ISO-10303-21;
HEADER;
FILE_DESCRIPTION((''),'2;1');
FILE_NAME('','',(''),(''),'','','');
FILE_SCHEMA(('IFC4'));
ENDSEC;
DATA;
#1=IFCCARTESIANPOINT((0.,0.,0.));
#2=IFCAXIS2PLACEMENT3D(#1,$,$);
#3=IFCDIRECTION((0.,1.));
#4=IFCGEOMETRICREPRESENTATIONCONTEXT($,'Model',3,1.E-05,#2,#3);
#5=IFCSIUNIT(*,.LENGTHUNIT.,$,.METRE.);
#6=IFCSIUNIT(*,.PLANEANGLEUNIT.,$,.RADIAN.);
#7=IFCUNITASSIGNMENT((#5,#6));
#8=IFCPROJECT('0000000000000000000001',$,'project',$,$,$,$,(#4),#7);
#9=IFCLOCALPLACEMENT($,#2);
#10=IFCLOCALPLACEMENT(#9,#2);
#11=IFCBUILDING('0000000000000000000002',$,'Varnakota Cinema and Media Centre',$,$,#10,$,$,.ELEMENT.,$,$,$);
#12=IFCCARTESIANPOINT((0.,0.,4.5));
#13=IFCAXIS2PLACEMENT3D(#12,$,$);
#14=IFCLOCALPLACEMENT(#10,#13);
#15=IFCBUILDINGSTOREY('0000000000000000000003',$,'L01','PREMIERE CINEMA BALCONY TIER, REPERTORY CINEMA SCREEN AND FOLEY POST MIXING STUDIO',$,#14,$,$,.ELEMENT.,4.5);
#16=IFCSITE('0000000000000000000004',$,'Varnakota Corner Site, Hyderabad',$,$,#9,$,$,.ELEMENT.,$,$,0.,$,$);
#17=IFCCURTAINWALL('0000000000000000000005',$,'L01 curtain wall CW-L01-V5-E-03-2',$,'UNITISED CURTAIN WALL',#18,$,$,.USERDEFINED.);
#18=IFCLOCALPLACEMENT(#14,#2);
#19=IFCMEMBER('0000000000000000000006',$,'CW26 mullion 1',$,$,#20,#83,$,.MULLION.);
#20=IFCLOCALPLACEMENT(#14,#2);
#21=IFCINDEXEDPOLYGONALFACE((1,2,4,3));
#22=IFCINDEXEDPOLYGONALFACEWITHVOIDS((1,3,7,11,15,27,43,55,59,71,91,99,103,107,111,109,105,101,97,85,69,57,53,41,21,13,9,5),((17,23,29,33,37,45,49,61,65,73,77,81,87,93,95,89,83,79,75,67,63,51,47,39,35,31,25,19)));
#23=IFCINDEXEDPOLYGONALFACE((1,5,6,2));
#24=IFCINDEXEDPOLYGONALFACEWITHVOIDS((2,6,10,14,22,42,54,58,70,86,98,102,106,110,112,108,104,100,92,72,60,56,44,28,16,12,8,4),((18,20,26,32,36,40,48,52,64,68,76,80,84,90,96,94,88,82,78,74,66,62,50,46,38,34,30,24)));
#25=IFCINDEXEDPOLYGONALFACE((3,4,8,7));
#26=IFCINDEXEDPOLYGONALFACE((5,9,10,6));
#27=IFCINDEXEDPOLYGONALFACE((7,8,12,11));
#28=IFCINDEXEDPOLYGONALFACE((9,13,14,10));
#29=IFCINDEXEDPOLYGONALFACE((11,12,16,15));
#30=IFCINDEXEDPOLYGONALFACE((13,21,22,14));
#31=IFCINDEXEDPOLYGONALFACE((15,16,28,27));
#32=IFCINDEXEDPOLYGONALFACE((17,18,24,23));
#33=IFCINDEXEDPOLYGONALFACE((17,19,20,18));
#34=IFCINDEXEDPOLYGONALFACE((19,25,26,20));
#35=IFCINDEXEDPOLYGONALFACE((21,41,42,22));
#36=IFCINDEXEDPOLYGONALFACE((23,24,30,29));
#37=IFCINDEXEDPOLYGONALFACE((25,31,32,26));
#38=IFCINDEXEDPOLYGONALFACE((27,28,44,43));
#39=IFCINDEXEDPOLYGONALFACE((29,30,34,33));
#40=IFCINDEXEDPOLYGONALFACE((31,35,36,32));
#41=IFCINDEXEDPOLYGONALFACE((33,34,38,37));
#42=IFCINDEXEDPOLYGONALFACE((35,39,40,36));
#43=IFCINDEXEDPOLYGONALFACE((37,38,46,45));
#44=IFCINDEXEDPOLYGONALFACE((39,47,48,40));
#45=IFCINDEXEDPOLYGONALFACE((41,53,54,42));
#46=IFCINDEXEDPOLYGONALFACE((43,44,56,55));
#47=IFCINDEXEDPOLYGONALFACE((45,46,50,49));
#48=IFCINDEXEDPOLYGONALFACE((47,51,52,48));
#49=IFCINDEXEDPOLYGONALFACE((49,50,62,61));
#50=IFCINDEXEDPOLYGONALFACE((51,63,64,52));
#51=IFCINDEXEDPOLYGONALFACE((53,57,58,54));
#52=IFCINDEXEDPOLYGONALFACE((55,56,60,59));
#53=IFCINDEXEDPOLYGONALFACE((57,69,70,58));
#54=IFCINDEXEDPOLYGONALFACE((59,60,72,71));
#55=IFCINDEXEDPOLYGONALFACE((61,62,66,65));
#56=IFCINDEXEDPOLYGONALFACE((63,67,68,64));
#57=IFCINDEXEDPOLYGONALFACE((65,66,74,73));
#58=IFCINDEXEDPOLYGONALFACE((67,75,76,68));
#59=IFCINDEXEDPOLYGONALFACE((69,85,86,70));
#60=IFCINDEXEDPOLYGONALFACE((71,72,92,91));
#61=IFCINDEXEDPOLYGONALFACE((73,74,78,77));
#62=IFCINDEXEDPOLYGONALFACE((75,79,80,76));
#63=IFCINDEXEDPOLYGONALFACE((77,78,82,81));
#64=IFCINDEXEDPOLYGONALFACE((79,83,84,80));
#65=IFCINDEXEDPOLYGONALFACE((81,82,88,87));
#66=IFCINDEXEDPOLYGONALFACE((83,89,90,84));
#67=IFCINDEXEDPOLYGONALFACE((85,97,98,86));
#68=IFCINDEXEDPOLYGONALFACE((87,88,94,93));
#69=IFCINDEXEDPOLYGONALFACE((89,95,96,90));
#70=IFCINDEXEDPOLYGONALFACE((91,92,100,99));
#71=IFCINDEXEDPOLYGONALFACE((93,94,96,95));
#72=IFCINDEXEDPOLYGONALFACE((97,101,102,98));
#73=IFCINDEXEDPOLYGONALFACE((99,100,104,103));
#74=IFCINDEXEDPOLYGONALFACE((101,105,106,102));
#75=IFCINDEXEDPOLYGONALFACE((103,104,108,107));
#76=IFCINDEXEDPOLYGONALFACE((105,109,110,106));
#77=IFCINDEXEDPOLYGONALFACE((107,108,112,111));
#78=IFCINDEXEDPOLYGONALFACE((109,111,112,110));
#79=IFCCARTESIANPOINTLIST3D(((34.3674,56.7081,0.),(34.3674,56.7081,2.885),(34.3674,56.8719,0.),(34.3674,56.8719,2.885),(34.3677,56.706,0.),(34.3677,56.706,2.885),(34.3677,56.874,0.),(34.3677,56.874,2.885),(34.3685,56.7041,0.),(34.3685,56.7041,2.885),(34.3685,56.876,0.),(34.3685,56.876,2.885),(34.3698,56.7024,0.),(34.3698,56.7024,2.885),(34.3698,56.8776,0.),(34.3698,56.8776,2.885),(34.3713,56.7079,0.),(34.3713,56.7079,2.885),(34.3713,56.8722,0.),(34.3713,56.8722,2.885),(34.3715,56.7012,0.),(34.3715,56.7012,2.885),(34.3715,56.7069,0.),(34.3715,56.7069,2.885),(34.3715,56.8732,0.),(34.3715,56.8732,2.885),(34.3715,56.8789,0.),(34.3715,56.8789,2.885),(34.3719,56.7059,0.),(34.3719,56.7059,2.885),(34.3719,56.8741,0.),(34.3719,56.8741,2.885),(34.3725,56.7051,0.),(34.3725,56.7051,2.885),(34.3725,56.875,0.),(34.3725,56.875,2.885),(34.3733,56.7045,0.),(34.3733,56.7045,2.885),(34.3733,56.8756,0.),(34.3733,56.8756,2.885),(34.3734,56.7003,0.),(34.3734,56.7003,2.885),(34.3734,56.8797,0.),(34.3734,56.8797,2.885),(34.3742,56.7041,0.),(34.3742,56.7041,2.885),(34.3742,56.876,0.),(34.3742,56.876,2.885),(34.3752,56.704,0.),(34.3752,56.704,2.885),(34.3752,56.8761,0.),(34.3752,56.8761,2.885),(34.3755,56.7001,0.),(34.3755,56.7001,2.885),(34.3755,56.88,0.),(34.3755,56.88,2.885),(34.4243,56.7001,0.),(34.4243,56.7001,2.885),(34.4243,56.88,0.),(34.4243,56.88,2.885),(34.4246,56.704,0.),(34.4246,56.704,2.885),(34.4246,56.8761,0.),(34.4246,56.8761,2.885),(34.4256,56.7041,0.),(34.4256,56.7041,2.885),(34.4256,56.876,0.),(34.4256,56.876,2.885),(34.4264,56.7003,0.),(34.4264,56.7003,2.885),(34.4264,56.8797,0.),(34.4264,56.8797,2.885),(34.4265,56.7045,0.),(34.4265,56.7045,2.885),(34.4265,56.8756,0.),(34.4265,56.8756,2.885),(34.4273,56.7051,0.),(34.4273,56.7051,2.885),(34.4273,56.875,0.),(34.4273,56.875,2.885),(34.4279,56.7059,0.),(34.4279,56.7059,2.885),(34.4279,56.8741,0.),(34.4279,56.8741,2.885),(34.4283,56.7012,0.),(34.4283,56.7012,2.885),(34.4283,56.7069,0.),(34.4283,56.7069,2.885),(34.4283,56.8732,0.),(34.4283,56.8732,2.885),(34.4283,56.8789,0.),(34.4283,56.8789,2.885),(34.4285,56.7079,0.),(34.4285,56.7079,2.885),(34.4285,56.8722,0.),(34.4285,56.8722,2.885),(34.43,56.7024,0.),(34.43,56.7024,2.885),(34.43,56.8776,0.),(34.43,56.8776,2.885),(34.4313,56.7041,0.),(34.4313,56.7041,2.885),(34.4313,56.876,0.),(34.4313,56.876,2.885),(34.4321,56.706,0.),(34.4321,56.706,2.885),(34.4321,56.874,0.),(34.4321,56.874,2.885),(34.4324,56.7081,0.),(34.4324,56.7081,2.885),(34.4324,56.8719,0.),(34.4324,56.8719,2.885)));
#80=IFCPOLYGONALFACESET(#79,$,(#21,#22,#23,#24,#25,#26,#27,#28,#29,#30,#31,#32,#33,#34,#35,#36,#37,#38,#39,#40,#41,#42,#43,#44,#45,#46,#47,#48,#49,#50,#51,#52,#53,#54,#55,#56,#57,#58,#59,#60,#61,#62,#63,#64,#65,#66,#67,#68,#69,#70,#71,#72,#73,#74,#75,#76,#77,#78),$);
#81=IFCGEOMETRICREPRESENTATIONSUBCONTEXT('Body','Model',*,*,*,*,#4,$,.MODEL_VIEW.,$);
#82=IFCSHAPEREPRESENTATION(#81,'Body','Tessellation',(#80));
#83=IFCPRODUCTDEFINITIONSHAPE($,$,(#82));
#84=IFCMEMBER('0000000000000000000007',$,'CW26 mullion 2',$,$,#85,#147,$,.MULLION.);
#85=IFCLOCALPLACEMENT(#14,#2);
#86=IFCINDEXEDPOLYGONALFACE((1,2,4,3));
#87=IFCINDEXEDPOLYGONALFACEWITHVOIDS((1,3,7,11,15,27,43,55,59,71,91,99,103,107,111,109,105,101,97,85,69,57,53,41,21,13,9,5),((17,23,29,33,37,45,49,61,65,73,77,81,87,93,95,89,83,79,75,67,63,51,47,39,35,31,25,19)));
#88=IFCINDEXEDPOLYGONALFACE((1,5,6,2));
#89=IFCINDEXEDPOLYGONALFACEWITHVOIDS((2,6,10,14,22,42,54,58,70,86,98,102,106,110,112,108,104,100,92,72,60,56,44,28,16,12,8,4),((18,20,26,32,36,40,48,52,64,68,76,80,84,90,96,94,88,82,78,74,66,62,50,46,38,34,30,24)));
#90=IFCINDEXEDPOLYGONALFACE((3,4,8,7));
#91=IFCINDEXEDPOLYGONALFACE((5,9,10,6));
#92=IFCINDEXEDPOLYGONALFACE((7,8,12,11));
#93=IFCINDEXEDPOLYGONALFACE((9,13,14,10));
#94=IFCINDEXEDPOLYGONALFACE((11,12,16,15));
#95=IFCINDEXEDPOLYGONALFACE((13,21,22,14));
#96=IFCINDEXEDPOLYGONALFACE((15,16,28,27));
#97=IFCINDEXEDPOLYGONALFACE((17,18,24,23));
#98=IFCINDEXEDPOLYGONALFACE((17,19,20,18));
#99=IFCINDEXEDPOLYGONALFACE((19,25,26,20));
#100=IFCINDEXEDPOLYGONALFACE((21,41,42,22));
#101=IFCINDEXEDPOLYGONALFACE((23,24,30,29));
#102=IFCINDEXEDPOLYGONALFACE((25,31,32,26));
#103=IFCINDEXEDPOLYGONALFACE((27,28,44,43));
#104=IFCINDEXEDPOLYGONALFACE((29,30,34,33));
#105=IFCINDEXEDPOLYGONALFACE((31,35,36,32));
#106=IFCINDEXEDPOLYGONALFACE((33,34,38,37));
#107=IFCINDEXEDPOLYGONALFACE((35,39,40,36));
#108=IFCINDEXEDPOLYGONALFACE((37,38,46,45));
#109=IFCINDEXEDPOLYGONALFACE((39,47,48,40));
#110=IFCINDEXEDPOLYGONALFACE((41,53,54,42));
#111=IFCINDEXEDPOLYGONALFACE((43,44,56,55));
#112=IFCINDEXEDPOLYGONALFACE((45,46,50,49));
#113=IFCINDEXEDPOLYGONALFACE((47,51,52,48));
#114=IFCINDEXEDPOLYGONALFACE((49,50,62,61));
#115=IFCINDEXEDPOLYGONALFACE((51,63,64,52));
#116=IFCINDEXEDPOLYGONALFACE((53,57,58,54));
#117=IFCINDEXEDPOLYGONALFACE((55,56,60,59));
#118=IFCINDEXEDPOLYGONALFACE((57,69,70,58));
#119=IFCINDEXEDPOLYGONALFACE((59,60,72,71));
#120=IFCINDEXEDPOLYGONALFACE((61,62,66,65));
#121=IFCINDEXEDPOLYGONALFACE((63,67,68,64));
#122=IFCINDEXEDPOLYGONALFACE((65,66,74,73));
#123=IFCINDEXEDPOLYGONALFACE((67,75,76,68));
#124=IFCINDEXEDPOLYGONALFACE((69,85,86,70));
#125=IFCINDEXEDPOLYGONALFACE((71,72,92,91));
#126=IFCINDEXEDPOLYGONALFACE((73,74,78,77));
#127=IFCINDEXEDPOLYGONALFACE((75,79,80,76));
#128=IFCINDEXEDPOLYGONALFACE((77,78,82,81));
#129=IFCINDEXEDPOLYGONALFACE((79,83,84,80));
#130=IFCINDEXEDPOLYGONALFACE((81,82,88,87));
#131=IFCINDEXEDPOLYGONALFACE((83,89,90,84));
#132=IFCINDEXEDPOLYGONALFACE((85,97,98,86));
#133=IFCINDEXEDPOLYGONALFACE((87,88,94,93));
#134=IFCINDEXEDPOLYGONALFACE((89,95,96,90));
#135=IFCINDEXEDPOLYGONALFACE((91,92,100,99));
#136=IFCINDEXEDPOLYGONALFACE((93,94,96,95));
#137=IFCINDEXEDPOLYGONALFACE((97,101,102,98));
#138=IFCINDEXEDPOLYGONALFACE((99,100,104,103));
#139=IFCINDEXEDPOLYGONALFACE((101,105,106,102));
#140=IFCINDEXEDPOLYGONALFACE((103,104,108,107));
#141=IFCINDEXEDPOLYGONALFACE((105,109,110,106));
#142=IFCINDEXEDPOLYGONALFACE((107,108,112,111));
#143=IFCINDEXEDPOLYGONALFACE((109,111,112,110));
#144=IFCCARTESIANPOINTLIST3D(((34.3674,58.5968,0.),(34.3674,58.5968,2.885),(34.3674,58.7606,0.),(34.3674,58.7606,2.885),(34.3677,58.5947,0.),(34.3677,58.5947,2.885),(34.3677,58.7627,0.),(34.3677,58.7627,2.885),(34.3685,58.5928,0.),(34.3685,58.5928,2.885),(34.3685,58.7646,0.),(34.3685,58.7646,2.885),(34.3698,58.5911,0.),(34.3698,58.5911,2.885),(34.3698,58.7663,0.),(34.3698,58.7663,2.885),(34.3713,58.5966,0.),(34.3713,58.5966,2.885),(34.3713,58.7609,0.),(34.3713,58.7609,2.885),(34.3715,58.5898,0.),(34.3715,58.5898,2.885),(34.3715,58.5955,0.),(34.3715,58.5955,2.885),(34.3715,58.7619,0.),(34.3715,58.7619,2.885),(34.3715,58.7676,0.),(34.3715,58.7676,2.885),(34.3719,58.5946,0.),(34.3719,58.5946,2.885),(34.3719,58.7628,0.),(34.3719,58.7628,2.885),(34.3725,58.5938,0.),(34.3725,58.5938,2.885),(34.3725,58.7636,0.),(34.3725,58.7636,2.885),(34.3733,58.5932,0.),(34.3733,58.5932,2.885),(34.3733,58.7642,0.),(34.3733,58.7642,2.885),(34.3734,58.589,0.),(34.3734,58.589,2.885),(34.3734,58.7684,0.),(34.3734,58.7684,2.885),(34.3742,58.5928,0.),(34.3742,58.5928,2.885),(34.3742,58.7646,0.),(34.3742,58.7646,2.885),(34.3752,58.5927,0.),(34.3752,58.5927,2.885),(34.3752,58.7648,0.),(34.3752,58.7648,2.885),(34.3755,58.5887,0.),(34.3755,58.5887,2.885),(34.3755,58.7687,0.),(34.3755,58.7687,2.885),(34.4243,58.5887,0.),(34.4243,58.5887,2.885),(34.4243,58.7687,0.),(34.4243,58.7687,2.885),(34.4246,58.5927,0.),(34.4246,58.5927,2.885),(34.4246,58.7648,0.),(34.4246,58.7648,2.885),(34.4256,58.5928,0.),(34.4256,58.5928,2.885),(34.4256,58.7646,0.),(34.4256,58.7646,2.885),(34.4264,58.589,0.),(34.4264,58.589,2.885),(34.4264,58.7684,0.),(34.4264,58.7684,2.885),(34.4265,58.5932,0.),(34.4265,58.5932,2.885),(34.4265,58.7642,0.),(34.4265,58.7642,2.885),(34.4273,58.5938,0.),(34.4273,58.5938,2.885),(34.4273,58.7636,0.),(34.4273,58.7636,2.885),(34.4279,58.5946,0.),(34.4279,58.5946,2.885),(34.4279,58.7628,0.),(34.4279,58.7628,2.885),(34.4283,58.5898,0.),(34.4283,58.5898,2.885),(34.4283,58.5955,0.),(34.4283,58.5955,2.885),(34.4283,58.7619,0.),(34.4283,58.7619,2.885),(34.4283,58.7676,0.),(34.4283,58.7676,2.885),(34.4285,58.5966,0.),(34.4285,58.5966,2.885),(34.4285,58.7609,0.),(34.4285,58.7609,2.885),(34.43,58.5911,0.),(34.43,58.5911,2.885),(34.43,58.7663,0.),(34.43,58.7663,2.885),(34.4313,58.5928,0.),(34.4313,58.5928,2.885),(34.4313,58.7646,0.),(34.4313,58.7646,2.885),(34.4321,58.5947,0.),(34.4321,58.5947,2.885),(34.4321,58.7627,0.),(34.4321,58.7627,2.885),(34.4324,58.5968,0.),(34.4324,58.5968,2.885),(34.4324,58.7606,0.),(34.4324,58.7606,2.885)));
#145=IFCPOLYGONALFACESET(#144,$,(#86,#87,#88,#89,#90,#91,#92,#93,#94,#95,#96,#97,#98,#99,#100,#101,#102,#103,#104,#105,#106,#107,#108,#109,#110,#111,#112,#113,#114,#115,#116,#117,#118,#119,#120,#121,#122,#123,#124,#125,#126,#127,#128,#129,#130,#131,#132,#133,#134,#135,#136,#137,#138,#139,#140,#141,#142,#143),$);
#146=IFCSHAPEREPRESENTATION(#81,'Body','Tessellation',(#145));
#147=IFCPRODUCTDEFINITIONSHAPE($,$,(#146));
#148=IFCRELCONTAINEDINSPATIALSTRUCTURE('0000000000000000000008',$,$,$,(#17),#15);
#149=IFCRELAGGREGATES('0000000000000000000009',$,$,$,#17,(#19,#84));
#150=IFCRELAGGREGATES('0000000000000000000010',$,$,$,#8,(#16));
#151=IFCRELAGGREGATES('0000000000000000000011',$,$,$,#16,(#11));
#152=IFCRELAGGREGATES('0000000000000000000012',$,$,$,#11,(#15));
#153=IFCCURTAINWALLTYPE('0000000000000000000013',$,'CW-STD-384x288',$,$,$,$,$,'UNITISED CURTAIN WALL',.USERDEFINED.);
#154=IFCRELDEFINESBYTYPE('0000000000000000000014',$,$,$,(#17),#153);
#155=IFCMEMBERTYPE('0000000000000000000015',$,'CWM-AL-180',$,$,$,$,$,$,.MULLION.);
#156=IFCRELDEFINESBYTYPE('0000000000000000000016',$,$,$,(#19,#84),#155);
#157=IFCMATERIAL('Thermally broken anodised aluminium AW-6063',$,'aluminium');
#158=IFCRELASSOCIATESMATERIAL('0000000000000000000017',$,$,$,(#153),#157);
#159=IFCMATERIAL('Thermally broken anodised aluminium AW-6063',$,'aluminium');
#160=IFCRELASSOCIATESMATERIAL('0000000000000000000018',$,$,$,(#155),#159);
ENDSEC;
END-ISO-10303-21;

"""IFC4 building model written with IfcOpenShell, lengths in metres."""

from ifc_helpers import new_model, si_unit, direction, frame, origin, origin_2d, place, context, subcontext, project, spatial, hollow_rectangle, extrude, material, material_profile, profile_set, type_object, element, aggregate, save


model = new_model("IFC4")

# Units and contexts
model_context = context("Model", 3, precision=1e-05, world=origin(), true_north=direction((0.0, 1.0)))
body_context = subcontext(model_context, "Body", "Model", "MODEL_VIEW")
ifc_project = project(units=[si_unit("LENGTHUNIT", "METRE"), si_unit("PLANEANGLEUNIT", "RADIAN")], contexts=[model_context])

# Site, building, storey
site_placement = place(None, origin())
site = spatial("IfcSite", under=ifc_project, at=site_placement, Name="Varnakota Corner Site, Hyderabad", CompositionType="ELEMENT", RefElevation=0.0)
building_placement = place(site_placement, origin())
building = spatial("IfcBuilding", under=site, at=building_placement, Name="Varnakota Cinema and Media Centre", CompositionType="ELEMENT")
storey_placement = place(building_placement, frame((0.0, 0.0, 4.5)))
storey = spatial("IfcBuildingStorey", under=building, at=storey_placement, Name="L01", Description="PREMIERE CINEMA BALCONY TIER, REPERTORY CINEMA SCREEN AND FOLEY POST MIXING STUDIO", CompositionType="ELEMENT", Elevation=4.5)

# Shared definitions
ifc_material_1 = material(Name="Thermally broken anodised aluminium AW-6063", Category="aluminium")
curtain_wall_type = type_object("IfcCurtainWallType", Name="CW-STD-384x288", ElementType="UNITISED CURTAIN WALL", PredefinedType="USERDEFINED", material=ifc_material_1)
ifc_material_2 = material(Name="Thermally broken anodised aluminium AW-6063", Category="aluminium")
ifc_material_profile_1 = material_profile(ifc_material_2, hollow_rectangle(XDim=0.0649, YDim=0.1799, WallThickness=0.0039, InnerFilletRadius=0.0039, OuterFilletRadius=0.0081, at=origin_2d()), Name="AL-MULLION 180x65x4")
ifc_profile_set_1 = profile_set([ifc_material_profile_1], Name="Thermally broken anodised aluminium AW-6063")
member_type_1 = type_object("IfcMemberType", Name="CWM-AL-180", PredefinedType="MULLION", material=ifc_profile_set_1)

# Curtain wall, members
curtain_wall_1_placement = place(storey_placement, origin())
curtain_wall_1 = element("IfcCurtainWall", 1, at=curtain_wall_1_placement, inside=storey, type_object=curtain_wall_type, Name="L01 curtain wall CW-L01-V5-E-03-2", ObjectType="UNITISED CURTAIN WALL", PredefinedType="USERDEFINED")
member_1_placement = place(storey_placement, frame((34.3999, 56.79, 0.0), z_axis=(0.0, 0.0, 1.0), x_axis=(-1.0, 0.0, 0.0)))
member_1 = element("IfcMember", 2, at=member_1_placement, type_object=member_type_1, Name="CW26 mullion 1", PredefinedType="MULLION", context=body_context, shape_type="SweptSolid", body=[
    extrude(hollow_rectangle(XDim=0.0649, YDim=0.1799, WallThickness=0.0039, InnerFilletRadius=0.0039, OuterFilletRadius=0.0081, at=origin_2d()), origin(), (0.0, 0.0, 1.0), 2.885),
])
member_2_placement = place(storey_placement, frame((34.3999, 58.6787, 0.0), z_axis=(0.0, 0.0, 1.0), x_axis=(-1.0, 0.0, 0.0)))
member_2 = element("IfcMember", 3, at=member_2_placement, type_object=member_type_1, Name="CW26 mullion 2", PredefinedType="MULLION", context=body_context, shape_type="SweptSolid", body=[
    extrude(hollow_rectangle(XDim=0.0649, YDim=0.1799, WallThickness=0.0039, InnerFilletRadius=0.0039, OuterFilletRadius=0.0081, at=origin_2d()), origin(), (0.0, 0.0, 1.0), 2.885),
])

aggregate(curtain_wall_1, [member_1, member_2])

save(model, "model.ifc")
